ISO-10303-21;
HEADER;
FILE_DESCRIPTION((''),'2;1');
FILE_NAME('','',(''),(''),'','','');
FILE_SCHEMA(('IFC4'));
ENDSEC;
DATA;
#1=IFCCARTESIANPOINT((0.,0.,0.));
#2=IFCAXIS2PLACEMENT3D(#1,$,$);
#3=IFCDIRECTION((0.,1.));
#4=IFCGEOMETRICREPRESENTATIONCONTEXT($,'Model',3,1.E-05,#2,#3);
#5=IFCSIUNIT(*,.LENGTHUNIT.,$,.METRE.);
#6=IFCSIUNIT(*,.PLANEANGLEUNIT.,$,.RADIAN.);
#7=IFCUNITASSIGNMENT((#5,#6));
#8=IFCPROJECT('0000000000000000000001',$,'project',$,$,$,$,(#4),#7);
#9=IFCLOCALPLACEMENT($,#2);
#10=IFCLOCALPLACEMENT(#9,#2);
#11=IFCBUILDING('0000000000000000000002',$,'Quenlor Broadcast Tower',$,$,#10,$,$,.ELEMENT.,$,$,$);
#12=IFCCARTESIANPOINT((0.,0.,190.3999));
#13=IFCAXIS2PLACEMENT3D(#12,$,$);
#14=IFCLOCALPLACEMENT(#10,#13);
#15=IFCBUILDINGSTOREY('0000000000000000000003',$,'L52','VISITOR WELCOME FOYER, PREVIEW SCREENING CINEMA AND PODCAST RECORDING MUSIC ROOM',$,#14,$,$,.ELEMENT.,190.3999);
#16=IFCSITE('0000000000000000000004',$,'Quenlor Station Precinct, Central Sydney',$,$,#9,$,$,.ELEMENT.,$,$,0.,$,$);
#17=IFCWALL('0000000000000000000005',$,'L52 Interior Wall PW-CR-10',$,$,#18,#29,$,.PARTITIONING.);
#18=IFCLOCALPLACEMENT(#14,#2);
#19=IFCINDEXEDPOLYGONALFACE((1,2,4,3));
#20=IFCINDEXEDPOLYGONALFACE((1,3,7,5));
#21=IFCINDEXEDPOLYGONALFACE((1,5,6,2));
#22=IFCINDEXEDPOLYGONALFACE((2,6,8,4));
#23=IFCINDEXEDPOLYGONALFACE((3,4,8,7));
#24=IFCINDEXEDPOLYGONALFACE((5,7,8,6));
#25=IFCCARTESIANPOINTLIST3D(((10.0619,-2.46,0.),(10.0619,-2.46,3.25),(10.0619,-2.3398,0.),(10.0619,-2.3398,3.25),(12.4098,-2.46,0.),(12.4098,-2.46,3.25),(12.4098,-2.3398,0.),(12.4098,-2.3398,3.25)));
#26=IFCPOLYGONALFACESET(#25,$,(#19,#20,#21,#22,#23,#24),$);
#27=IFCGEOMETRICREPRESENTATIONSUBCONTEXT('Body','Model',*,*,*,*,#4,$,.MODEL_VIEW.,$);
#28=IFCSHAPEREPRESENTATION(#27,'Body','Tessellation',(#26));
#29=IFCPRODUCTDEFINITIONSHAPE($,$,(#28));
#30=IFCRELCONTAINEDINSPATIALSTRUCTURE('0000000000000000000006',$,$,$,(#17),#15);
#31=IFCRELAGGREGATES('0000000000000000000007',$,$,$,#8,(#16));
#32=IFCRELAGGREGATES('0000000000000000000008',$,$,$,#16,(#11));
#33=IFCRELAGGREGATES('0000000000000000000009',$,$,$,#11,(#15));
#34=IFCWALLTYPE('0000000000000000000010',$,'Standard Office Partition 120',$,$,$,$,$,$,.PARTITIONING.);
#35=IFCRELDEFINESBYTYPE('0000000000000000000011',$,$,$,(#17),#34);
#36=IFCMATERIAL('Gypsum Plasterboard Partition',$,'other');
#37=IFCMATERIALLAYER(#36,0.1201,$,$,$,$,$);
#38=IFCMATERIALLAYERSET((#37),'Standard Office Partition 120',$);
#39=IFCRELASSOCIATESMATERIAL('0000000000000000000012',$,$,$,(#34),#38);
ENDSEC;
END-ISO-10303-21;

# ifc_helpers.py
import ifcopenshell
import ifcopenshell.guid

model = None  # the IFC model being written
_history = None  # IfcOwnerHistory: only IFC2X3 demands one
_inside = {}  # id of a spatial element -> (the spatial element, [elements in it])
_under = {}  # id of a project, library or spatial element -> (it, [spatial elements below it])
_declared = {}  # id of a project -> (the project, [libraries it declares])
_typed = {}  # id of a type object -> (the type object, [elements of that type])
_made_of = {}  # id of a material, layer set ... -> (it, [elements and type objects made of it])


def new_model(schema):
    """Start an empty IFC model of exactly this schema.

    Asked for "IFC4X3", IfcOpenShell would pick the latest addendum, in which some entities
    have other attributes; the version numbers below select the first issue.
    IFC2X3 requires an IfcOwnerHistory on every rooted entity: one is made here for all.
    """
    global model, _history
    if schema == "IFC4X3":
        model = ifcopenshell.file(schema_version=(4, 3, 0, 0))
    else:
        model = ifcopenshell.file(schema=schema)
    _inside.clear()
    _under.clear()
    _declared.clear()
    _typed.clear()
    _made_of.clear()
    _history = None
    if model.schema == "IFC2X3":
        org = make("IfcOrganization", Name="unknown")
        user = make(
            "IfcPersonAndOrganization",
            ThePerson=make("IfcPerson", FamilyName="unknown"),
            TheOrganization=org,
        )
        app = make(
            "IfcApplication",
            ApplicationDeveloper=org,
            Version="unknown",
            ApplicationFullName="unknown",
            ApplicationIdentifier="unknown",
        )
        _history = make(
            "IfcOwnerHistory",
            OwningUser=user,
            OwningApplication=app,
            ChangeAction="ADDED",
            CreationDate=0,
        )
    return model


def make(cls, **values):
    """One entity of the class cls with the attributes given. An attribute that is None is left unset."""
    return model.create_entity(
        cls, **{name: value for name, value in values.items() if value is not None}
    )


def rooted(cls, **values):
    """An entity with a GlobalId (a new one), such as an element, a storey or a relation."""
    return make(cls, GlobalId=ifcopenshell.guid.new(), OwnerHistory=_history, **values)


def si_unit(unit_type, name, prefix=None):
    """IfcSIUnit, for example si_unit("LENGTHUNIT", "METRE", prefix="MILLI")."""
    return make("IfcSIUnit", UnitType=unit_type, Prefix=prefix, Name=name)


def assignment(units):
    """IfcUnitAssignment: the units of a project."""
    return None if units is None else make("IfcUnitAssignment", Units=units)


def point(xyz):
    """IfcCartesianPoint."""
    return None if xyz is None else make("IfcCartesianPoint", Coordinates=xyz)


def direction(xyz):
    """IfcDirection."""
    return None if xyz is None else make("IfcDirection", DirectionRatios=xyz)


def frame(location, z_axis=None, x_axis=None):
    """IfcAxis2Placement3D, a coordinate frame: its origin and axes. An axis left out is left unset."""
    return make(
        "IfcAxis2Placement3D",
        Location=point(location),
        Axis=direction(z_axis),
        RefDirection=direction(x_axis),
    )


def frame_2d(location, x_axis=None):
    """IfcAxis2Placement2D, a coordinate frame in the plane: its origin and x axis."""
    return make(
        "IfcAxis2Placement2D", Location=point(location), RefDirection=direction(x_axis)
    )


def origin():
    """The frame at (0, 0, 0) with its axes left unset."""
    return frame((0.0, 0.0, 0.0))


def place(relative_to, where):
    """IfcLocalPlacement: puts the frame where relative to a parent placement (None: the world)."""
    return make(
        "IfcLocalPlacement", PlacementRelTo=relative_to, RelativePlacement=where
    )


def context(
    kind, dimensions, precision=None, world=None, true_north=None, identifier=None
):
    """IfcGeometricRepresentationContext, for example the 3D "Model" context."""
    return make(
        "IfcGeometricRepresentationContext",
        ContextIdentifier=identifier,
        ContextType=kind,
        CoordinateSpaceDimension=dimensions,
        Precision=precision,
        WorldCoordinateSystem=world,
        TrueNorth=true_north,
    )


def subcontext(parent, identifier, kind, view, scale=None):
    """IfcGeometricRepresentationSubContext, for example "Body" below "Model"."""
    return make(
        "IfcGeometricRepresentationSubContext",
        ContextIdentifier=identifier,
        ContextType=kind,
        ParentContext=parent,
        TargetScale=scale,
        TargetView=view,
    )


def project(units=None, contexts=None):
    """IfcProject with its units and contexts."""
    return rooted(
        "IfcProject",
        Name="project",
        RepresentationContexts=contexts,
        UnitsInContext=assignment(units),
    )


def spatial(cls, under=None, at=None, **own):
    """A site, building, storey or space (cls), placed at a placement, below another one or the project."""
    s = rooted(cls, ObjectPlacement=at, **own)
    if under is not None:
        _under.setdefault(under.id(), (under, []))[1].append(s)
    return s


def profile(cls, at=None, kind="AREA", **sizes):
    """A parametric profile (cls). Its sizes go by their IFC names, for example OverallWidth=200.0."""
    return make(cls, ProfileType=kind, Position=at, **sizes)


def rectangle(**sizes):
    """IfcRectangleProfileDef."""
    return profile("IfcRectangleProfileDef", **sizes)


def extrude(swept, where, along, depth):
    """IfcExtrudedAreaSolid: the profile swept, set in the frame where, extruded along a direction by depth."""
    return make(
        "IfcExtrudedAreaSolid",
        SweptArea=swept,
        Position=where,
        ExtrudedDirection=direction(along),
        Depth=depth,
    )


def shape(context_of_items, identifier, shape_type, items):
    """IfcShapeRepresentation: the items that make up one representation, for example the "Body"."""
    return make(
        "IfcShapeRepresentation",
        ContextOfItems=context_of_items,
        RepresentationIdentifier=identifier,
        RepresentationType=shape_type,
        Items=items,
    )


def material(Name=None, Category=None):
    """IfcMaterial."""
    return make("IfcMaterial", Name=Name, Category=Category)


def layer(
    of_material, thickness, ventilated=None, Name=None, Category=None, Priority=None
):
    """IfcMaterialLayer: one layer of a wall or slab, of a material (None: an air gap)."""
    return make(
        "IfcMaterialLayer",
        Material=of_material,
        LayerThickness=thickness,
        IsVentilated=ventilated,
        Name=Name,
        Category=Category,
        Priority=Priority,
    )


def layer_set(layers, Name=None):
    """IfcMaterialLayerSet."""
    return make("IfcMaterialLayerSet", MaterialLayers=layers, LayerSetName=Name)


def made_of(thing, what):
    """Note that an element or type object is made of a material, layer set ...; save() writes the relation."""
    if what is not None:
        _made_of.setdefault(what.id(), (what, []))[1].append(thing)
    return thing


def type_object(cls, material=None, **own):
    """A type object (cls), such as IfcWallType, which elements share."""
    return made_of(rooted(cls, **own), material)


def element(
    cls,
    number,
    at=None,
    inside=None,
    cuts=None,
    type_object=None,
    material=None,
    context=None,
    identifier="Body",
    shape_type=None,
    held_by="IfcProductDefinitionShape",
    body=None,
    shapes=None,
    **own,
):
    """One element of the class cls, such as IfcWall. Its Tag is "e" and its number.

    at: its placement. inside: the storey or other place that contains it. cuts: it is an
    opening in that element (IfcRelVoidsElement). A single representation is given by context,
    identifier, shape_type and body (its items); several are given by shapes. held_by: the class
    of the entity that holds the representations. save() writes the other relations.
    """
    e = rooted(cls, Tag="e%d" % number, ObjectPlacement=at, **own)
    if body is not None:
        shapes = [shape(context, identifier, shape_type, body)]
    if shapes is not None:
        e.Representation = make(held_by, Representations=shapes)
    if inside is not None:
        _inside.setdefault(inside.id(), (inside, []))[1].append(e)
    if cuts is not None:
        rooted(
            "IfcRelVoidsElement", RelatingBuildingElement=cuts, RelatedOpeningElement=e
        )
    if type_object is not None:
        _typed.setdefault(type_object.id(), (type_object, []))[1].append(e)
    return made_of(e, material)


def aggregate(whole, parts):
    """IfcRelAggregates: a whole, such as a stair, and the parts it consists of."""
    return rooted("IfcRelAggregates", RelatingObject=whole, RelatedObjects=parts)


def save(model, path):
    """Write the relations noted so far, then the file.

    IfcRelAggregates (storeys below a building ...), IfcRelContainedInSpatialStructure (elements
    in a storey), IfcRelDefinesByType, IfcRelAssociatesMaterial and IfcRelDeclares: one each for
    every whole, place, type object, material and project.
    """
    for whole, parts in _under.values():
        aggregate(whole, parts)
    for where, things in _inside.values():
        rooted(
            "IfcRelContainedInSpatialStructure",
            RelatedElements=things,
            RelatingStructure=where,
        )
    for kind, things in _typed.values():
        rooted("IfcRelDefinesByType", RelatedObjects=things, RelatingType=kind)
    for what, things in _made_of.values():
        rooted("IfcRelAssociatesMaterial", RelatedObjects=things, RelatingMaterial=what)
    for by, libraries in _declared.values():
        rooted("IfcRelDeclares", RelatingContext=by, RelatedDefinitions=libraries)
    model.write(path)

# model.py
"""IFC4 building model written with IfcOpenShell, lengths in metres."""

from ifc_helpers import new_model, si_unit, direction, frame, frame_2d, origin, place, context, subcontext, project, spatial, rectangle, extrude, material, layer, layer_set, type_object, element, save


model = new_model("IFC4")

# Units and contexts
model_context = context("Model", 3, precision=1e-05, world=origin(), true_north=direction((0.0, 1.0)))
body_context = subcontext(model_context, "Body", "Model", "MODEL_VIEW")
ifc_project = project(units=[si_unit("LENGTHUNIT", "METRE"), si_unit("PLANEANGLEUNIT", "RADIAN")], contexts=[model_context])

# Site, building, storey
site_placement = place(None, origin())
site = spatial("IfcSite", under=ifc_project, at=site_placement, Name="Quenlor Station Precinct, Central Sydney", CompositionType="ELEMENT", RefElevation=0.0)
building_placement = place(site_placement, origin())
building = spatial("IfcBuilding", under=site, at=building_placement, Name="Quenlor Broadcast Tower", CompositionType="ELEMENT")
storey_placement = place(building_placement, frame((0.0, 0.0, 190.3999)))
storey = spatial("IfcBuildingStorey", under=building, at=storey_placement, Name="L52", Description="VISITOR WELCOME FOYER, PREVIEW SCREENING CINEMA AND PODCAST RECORDING MUSIC ROOM", CompositionType="ELEMENT", Elevation=190.3999)

# Shared definitions
ifc_material_1 = material(Name="Gypsum Plasterboard Partition", Category="other")
ifc_layer_1 = layer(ifc_material_1, 0.1201)
ifc_layer_set_1 = layer_set([ifc_layer_1], Name="Standard Office Partition 120")
wall_type_1 = type_object("IfcWallType", Name="Standard Office Partition 120", PredefinedType="PARTITIONING", material=ifc_layer_set_1)

# Wall
wall_1_placement = place(storey_placement, frame((10.062, -2.3999, 0.0), z_axis=(0.0, 0.0, 1.0), x_axis=(1.0, 0.0, 0.0)))
element("IfcWall", 1, at=wall_1_placement, inside=storey, type_object=wall_type_1, Name="L52 Interior Wall PW-CR-10", PredefinedType="PARTITIONING", context=body_context, shape_type="SweptSolid", body=[
    extrude(rectangle(XDim=2.3479, YDim=0.1201, at=frame_2d((1.1738, 0.0))), origin(), (0.0, 0.0, 1.0), 3.25),
])

save(model, "model.ifc")
